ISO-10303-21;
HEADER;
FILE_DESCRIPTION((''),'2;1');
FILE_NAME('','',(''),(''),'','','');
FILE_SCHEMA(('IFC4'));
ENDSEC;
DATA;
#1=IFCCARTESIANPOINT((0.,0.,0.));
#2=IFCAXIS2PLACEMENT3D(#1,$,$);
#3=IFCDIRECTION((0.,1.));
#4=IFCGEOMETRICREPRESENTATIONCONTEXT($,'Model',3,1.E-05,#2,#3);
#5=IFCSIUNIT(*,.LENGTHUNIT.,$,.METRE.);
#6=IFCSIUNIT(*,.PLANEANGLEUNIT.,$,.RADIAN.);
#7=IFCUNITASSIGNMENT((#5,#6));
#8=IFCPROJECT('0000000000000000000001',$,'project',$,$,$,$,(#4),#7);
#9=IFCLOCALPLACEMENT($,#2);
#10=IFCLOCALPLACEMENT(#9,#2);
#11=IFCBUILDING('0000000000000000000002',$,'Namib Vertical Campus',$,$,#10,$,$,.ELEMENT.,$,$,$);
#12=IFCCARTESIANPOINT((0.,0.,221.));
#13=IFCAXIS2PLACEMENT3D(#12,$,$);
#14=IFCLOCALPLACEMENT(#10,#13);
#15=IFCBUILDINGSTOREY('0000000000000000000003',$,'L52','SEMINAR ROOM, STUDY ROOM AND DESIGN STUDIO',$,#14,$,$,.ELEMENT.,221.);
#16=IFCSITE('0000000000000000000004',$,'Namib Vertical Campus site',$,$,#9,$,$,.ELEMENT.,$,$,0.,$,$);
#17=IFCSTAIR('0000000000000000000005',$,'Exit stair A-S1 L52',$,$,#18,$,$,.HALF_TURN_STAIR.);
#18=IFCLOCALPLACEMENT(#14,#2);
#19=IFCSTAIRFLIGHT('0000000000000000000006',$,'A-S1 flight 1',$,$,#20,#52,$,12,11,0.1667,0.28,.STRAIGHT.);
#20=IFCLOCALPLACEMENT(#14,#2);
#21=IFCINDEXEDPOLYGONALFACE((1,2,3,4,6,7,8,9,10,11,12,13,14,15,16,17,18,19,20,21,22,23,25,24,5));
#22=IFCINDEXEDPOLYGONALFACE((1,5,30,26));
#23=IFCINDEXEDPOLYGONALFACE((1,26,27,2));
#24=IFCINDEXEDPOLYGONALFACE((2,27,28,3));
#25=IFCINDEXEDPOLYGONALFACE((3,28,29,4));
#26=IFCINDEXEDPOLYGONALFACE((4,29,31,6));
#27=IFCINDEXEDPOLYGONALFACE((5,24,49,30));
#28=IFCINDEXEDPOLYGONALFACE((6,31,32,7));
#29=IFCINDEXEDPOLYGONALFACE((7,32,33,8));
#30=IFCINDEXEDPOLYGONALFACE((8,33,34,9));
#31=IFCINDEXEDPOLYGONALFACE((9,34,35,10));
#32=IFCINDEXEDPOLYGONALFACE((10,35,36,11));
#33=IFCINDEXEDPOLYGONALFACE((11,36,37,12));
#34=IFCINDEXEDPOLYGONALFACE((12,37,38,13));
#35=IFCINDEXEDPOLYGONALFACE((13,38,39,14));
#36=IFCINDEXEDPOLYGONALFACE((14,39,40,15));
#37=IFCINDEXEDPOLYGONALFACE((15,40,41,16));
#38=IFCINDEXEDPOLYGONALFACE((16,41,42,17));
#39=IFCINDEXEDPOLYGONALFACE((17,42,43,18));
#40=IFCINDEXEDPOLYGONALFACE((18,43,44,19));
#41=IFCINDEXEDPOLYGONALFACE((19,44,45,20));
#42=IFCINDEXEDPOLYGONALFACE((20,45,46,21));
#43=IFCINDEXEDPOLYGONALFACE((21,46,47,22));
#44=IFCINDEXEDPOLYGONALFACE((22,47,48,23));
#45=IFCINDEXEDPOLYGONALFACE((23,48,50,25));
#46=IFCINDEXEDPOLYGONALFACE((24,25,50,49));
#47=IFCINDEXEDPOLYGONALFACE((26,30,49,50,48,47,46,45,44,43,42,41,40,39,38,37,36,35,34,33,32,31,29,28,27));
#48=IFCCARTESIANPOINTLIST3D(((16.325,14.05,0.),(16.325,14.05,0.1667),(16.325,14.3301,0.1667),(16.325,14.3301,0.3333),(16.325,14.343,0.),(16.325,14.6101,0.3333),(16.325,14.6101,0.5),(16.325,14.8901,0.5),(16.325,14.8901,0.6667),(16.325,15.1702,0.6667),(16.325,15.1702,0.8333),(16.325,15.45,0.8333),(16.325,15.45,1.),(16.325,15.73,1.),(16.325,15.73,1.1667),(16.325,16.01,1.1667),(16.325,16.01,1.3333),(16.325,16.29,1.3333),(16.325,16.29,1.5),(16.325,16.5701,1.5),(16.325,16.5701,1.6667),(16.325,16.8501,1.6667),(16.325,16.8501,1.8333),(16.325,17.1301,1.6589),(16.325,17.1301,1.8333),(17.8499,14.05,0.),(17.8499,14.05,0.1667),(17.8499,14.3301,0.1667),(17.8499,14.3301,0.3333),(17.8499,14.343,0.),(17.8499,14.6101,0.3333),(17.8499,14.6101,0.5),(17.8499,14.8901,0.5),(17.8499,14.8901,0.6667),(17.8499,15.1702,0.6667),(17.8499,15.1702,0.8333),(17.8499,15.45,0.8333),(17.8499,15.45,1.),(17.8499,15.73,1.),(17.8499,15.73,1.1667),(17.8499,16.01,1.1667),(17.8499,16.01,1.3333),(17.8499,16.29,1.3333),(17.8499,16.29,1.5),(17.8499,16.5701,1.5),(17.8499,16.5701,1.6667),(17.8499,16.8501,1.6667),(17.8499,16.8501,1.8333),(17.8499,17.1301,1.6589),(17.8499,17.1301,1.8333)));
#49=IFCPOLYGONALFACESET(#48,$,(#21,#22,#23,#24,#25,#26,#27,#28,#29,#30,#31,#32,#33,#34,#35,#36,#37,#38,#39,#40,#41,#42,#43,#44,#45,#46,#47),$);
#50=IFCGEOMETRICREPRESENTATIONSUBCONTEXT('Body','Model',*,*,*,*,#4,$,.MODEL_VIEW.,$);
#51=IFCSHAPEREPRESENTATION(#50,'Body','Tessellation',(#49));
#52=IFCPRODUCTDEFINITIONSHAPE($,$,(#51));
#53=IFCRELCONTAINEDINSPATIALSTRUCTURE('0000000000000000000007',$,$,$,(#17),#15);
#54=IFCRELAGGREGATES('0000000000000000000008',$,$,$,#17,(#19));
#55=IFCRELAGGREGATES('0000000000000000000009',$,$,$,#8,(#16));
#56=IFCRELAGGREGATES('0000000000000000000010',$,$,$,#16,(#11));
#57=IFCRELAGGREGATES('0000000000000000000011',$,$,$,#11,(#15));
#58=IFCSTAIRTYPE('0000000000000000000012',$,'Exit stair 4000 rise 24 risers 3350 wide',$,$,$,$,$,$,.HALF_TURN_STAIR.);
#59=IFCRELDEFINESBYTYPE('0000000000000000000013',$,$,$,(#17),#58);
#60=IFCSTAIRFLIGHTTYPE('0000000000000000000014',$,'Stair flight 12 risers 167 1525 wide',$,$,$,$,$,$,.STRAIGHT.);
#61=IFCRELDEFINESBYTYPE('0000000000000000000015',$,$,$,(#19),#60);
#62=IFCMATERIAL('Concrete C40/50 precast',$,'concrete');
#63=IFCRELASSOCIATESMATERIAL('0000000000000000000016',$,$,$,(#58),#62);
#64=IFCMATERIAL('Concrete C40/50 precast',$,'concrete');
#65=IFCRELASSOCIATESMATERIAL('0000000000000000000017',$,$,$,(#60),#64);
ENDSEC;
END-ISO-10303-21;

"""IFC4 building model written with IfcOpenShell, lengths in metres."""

from ifc_helpers import new_model, si_unit, direction, frame, origin, place, context, subcontext, project, spatial, polyline, outline, extrude, material, type_object, element, aggregate, save


model = new_model("IFC4")

# Units and contexts
model_context = context("Model", 3, precision=1e-05, world=origin(), true_north=direction((0.0, 1.0)))
body_context = subcontext(model_context, "Body", "Model", "MODEL_VIEW")
ifc_project = project(units=[si_unit("LENGTHUNIT", "METRE"), si_unit("PLANEANGLEUNIT", "RADIAN")], contexts=[model_context])

# Site, building, storey
site_placement = place(None, origin())
site = spatial("IfcSite", under=ifc_project, at=site_placement, Name="Namib Vertical Campus site", CompositionType="ELEMENT", RefElevation=0.0)
building_placement = place(site_placement, origin())
building = spatial("IfcBuilding", under=site, at=building_placement, Name="Namib Vertical Campus", CompositionType="ELEMENT")
storey_placement = place(building_placement, frame((0.0, 0.0, 221.0)))
storey = spatial("IfcBuildingStorey", under=building, at=storey_placement, Name="L52", Description="SEMINAR ROOM, STUDY ROOM AND DESIGN STUDIO", CompositionType="ELEMENT", Elevation=221.0)

# Stair, stair flight
ifc_material_1 = material(Name="Concrete C40/50 precast", Category="concrete")
stair_type = type_object("IfcStairType", Name="Exit stair 4000 rise 24 risers 3350 wide", PredefinedType="HALF_TURN_STAIR", material=ifc_material_1)
stair_placement = place(storey_placement, origin())
stair = element("IfcStair", 1, at=stair_placement, inside=storey, type_object=stair_type, Name="Exit stair A-S1 L52", PredefinedType="HALF_TURN_STAIR")
ifc_material_2 = material(Name="Concrete C40/50 precast", Category="concrete")
stair_flight_type = type_object("IfcStairFlightType", Name="Stair flight 12 risers 167 1525 wide", PredefinedType="STRAIGHT", material=ifc_material_2)
stair_flight_placement = place(storey_placement, frame((17.0874, 14.05, 0.0), z_axis=(0.0, 0.0, 1.0), x_axis=(0.0, 1.0, 0.0)))
stair_flight = element("IfcStairFlight", 2, at=stair_flight_placement, type_object=stair_flight_type, Name="A-S1 flight 1", NumberOfRisers=12, NumberOfTreads=11, PredefinedType="STRAIGHT", RiserHeight=0.1667, TreadLength=0.28, context=body_context, shape_type="SweptSolid", body=[
    extrude(outline(polyline([(0.0, 0.0), (0.0, 0.1667), (0.28, 0.1667), (0.28, 0.3333), (0.5601, 0.3333), (0.5601, 0.5), (0.8401, 0.5), (0.8401, 0.6667), (1.1201, 0.6667), (1.1201, 0.8333), (1.3999, 0.8333), (1.3999, 1.0), (1.6799, 1.0), (1.6799, 1.1667), (1.96, 1.1667), (1.96, 1.3333), (2.24, 1.3333), (2.24, 1.5), (2.52, 1.5), (2.52, 1.6667), (2.8, 1.6667), (2.8, 1.8333), (3.0801, 1.8333), (3.0801, 2.0), (3.0801, 1.6589), (0.293, 0.0), (0.0, 0.0)])), frame((0.0, 0.7625, 0.0), z_axis=(0.0, -1.0, 0.0), x_axis=(1.0, 0.0, 0.0)), (0.0, 0.0, 1.0), 1.5249),
])
aggregate(stair, [stair_flight])

save(model, "model.ifc")
